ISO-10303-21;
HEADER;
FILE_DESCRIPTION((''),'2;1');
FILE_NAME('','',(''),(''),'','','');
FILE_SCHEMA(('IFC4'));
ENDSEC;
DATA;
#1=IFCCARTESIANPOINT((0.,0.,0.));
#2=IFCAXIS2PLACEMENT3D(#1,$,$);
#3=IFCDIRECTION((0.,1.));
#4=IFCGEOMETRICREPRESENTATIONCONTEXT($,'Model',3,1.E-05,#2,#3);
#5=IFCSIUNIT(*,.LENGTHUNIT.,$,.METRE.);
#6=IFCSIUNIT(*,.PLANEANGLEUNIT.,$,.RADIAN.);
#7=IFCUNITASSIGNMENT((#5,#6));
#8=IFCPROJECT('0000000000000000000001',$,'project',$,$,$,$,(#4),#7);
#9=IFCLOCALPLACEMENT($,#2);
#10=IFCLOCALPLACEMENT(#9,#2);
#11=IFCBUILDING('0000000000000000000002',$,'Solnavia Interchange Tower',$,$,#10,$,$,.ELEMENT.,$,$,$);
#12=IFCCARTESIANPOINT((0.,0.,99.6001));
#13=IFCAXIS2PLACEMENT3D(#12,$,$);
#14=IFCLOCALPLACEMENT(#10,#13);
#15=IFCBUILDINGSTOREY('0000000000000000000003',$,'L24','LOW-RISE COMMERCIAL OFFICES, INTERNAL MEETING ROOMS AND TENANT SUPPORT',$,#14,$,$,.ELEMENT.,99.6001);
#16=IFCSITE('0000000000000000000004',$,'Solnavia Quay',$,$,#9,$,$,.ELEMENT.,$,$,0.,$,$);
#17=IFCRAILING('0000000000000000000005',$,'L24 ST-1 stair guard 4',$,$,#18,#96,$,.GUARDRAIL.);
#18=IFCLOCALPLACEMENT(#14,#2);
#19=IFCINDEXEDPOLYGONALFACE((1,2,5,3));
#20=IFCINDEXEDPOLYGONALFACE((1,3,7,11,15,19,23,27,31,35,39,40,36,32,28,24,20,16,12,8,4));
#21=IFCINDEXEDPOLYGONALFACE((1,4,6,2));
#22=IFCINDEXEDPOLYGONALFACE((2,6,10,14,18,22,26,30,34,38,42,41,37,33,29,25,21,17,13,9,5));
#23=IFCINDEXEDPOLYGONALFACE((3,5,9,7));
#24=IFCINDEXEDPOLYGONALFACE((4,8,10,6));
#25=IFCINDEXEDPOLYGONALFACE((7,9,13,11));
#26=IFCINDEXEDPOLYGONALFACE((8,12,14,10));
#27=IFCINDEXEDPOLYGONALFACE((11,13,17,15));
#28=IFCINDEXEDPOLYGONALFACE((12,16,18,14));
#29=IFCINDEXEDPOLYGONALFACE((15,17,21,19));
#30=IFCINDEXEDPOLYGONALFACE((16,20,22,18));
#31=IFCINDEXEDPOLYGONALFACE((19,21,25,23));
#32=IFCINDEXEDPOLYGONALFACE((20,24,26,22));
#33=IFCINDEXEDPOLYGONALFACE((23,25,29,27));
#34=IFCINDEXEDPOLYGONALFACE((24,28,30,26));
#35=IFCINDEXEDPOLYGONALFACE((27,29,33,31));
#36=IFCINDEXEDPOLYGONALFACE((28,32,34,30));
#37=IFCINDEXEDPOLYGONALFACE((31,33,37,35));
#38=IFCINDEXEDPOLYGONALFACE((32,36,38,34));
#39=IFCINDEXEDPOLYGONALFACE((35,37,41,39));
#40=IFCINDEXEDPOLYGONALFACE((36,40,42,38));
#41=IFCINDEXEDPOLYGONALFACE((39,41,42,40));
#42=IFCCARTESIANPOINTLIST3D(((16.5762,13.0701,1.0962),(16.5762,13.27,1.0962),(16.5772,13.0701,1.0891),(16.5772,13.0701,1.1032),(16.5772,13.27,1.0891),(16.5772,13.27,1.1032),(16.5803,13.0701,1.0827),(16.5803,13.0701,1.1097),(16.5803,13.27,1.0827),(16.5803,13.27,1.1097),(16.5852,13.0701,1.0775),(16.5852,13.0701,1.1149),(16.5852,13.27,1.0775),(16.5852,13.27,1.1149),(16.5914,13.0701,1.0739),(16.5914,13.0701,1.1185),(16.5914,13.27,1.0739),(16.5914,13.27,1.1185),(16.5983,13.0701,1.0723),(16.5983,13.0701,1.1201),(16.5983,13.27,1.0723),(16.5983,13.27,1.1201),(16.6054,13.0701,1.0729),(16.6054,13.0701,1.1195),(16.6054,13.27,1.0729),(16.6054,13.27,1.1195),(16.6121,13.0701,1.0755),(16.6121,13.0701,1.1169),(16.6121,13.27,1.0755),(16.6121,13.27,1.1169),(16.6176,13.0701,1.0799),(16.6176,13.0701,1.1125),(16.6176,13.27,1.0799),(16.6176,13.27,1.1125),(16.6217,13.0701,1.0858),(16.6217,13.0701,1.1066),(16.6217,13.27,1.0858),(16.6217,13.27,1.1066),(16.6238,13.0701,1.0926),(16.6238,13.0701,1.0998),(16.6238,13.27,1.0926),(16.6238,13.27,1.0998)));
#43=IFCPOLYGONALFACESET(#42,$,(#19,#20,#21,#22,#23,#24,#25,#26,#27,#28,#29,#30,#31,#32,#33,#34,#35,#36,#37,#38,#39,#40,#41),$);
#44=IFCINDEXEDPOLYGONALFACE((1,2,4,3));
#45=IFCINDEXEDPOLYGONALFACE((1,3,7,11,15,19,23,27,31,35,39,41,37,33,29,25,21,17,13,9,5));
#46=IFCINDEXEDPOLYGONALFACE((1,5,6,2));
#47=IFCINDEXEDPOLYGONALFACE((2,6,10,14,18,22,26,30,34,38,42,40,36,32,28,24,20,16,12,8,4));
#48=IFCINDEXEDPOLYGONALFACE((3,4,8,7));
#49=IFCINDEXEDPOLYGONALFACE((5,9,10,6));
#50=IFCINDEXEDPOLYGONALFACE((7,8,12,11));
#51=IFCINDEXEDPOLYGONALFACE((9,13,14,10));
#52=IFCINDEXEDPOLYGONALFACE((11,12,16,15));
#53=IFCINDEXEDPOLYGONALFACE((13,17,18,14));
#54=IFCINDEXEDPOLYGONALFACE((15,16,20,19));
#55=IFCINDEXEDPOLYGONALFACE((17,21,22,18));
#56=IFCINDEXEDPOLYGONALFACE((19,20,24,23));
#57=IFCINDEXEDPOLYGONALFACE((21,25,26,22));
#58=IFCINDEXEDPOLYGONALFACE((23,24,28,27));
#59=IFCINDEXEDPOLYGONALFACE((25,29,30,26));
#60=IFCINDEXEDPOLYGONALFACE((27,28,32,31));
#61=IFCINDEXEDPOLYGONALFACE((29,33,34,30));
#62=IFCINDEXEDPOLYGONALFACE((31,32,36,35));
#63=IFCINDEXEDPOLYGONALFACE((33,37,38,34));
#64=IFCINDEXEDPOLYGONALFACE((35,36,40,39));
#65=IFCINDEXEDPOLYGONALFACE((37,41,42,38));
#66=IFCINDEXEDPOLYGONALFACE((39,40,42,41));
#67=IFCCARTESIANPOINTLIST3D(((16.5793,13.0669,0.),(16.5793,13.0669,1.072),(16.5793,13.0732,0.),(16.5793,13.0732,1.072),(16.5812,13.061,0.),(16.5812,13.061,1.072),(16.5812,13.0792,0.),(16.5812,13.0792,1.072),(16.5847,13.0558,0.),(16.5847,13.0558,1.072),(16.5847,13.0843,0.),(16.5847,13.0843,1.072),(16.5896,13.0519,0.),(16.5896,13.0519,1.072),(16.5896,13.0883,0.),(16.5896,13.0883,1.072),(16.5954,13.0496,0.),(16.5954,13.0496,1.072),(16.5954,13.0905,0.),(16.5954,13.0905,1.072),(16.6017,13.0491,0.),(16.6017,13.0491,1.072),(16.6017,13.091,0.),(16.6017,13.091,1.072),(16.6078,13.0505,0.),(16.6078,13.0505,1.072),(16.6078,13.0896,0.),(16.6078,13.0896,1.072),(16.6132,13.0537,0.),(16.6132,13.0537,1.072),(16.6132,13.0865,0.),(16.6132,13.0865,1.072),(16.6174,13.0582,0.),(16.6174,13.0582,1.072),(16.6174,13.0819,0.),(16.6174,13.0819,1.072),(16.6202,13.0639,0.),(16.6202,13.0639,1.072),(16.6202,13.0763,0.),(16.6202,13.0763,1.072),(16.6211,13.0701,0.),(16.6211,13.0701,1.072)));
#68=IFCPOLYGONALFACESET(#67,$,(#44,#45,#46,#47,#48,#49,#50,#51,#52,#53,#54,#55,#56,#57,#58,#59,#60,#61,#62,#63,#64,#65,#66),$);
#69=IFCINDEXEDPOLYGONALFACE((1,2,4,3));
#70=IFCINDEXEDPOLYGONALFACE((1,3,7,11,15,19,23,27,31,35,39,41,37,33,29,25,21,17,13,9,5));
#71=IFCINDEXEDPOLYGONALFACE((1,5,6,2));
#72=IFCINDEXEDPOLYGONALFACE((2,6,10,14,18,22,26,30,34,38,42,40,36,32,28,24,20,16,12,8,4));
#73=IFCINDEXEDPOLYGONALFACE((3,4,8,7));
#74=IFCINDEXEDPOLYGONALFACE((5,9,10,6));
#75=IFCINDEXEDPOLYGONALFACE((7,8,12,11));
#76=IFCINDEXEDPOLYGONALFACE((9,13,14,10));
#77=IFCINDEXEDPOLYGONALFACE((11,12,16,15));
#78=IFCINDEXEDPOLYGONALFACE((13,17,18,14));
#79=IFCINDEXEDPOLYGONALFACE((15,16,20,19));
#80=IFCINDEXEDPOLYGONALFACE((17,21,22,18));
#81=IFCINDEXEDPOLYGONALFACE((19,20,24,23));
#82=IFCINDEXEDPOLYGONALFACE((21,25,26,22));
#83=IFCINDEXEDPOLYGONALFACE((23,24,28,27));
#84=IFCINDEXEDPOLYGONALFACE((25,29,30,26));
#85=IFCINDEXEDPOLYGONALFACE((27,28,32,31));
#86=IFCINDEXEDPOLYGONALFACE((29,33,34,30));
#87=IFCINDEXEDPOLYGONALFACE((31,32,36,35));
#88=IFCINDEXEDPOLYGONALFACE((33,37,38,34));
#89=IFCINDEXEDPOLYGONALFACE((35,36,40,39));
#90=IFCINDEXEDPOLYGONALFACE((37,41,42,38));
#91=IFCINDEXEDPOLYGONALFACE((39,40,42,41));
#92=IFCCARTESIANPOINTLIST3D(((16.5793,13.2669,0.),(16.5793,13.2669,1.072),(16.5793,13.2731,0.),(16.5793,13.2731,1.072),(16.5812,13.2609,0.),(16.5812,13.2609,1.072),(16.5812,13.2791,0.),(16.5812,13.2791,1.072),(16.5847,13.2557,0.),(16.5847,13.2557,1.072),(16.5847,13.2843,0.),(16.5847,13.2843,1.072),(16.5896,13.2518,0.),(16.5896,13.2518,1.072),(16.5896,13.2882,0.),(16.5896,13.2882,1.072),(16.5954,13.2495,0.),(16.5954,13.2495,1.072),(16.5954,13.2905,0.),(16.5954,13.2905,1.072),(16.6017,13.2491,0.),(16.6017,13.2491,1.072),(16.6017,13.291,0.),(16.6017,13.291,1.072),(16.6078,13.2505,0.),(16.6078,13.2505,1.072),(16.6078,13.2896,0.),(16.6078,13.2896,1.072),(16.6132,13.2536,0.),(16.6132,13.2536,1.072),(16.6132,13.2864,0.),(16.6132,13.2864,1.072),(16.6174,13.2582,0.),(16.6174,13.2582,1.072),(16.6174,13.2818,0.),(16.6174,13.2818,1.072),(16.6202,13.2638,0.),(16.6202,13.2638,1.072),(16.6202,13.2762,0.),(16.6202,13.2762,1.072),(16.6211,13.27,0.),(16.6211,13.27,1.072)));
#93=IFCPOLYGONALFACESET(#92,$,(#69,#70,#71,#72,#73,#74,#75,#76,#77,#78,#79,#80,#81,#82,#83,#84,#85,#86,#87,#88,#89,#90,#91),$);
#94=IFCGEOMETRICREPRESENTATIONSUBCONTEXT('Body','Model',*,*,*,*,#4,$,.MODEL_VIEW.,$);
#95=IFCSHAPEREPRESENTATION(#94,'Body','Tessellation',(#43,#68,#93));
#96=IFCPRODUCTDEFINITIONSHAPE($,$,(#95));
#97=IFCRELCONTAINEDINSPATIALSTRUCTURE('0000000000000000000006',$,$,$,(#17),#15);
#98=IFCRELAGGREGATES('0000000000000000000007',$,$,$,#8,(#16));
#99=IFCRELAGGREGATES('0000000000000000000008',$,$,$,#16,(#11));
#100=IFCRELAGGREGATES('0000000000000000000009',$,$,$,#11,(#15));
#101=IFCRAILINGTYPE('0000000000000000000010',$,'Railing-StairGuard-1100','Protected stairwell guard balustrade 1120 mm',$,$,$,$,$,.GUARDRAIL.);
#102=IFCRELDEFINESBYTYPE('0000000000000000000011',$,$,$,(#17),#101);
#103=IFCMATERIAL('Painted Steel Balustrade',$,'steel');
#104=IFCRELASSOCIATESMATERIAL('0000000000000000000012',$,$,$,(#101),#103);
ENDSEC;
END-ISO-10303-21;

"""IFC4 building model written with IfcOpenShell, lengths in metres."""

from ifc_helpers import new_model, si_unit, direction, frame, origin, origin_2d, place, context, subcontext, project, spatial, circle, extrude, material, type_object, element, save


model = new_model("IFC4")

# Units and contexts
model_context = context("Model", 3, precision=1e-05, world=origin(), true_north=direction((0.0, 1.0)))
body_context = subcontext(model_context, "Body", "Model", "MODEL_VIEW")
ifc_project = project(units=[si_unit("LENGTHUNIT", "METRE"), si_unit("PLANEANGLEUNIT", "RADIAN")], contexts=[model_context])

# Site, building, storey
site_placement = place(None, origin())
site = spatial("IfcSite", under=ifc_project, at=site_placement, Name="Solnavia Quay", CompositionType="ELEMENT", RefElevation=0.0)
building_placement = place(site_placement, origin())
building = spatial("IfcBuilding", under=site, at=building_placement, Name="Solnavia Interchange Tower", CompositionType="ELEMENT")
storey_placement = place(building_placement, frame((0.0, 0.0, 99.6001)))
storey = spatial("IfcBuildingStorey", under=building, at=storey_placement, Name="L24", Description="LOW-RISE COMMERCIAL OFFICES, INTERNAL MEETING ROOMS AND TENANT SUPPORT", CompositionType="ELEMENT", Elevation=99.6001)

# Railing
ifc_material_1 = material(Name="Painted Steel Balustrade", Category="steel")
railing_type_1 = type_object("IfcRailingType", Name="Railing-StairGuard-1100", Description="Protected stairwell guard balustrade 1120 mm", PredefinedType="GUARDRAIL", material=ifc_material_1)
railing_1_placement = place(storey_placement, frame((16.6001, 13.0701, 0.0)))
element("IfcRailing", 1, at=railing_1_placement, inside=storey, type_object=railing_type_1, Name="L24 ST-1 stair guard 4", PredefinedType="GUARDRAIL", context=body_context, shape_type="SweptSolid", body=[
    extrude(circle(Radius=0.0239, at=origin_2d()), frame((0.0, 0.0, 1.0962), z_axis=(0.0, 1.0, 0.0), x_axis=(-1.0, 0.0, 0.0)), (0.0, 0.0, 1.0), 0.2),
    extrude(circle(Radius=0.021, at=origin_2d()), origin(), (0.0, 0.0, 1.0), 1.072),
    extrude(circle(Radius=0.021, at=origin_2d()), frame((0.0, 0.2, 0.0)), (0.0, 0.0, 1.0), 1.072),
])

save(model, "model.ifc")
